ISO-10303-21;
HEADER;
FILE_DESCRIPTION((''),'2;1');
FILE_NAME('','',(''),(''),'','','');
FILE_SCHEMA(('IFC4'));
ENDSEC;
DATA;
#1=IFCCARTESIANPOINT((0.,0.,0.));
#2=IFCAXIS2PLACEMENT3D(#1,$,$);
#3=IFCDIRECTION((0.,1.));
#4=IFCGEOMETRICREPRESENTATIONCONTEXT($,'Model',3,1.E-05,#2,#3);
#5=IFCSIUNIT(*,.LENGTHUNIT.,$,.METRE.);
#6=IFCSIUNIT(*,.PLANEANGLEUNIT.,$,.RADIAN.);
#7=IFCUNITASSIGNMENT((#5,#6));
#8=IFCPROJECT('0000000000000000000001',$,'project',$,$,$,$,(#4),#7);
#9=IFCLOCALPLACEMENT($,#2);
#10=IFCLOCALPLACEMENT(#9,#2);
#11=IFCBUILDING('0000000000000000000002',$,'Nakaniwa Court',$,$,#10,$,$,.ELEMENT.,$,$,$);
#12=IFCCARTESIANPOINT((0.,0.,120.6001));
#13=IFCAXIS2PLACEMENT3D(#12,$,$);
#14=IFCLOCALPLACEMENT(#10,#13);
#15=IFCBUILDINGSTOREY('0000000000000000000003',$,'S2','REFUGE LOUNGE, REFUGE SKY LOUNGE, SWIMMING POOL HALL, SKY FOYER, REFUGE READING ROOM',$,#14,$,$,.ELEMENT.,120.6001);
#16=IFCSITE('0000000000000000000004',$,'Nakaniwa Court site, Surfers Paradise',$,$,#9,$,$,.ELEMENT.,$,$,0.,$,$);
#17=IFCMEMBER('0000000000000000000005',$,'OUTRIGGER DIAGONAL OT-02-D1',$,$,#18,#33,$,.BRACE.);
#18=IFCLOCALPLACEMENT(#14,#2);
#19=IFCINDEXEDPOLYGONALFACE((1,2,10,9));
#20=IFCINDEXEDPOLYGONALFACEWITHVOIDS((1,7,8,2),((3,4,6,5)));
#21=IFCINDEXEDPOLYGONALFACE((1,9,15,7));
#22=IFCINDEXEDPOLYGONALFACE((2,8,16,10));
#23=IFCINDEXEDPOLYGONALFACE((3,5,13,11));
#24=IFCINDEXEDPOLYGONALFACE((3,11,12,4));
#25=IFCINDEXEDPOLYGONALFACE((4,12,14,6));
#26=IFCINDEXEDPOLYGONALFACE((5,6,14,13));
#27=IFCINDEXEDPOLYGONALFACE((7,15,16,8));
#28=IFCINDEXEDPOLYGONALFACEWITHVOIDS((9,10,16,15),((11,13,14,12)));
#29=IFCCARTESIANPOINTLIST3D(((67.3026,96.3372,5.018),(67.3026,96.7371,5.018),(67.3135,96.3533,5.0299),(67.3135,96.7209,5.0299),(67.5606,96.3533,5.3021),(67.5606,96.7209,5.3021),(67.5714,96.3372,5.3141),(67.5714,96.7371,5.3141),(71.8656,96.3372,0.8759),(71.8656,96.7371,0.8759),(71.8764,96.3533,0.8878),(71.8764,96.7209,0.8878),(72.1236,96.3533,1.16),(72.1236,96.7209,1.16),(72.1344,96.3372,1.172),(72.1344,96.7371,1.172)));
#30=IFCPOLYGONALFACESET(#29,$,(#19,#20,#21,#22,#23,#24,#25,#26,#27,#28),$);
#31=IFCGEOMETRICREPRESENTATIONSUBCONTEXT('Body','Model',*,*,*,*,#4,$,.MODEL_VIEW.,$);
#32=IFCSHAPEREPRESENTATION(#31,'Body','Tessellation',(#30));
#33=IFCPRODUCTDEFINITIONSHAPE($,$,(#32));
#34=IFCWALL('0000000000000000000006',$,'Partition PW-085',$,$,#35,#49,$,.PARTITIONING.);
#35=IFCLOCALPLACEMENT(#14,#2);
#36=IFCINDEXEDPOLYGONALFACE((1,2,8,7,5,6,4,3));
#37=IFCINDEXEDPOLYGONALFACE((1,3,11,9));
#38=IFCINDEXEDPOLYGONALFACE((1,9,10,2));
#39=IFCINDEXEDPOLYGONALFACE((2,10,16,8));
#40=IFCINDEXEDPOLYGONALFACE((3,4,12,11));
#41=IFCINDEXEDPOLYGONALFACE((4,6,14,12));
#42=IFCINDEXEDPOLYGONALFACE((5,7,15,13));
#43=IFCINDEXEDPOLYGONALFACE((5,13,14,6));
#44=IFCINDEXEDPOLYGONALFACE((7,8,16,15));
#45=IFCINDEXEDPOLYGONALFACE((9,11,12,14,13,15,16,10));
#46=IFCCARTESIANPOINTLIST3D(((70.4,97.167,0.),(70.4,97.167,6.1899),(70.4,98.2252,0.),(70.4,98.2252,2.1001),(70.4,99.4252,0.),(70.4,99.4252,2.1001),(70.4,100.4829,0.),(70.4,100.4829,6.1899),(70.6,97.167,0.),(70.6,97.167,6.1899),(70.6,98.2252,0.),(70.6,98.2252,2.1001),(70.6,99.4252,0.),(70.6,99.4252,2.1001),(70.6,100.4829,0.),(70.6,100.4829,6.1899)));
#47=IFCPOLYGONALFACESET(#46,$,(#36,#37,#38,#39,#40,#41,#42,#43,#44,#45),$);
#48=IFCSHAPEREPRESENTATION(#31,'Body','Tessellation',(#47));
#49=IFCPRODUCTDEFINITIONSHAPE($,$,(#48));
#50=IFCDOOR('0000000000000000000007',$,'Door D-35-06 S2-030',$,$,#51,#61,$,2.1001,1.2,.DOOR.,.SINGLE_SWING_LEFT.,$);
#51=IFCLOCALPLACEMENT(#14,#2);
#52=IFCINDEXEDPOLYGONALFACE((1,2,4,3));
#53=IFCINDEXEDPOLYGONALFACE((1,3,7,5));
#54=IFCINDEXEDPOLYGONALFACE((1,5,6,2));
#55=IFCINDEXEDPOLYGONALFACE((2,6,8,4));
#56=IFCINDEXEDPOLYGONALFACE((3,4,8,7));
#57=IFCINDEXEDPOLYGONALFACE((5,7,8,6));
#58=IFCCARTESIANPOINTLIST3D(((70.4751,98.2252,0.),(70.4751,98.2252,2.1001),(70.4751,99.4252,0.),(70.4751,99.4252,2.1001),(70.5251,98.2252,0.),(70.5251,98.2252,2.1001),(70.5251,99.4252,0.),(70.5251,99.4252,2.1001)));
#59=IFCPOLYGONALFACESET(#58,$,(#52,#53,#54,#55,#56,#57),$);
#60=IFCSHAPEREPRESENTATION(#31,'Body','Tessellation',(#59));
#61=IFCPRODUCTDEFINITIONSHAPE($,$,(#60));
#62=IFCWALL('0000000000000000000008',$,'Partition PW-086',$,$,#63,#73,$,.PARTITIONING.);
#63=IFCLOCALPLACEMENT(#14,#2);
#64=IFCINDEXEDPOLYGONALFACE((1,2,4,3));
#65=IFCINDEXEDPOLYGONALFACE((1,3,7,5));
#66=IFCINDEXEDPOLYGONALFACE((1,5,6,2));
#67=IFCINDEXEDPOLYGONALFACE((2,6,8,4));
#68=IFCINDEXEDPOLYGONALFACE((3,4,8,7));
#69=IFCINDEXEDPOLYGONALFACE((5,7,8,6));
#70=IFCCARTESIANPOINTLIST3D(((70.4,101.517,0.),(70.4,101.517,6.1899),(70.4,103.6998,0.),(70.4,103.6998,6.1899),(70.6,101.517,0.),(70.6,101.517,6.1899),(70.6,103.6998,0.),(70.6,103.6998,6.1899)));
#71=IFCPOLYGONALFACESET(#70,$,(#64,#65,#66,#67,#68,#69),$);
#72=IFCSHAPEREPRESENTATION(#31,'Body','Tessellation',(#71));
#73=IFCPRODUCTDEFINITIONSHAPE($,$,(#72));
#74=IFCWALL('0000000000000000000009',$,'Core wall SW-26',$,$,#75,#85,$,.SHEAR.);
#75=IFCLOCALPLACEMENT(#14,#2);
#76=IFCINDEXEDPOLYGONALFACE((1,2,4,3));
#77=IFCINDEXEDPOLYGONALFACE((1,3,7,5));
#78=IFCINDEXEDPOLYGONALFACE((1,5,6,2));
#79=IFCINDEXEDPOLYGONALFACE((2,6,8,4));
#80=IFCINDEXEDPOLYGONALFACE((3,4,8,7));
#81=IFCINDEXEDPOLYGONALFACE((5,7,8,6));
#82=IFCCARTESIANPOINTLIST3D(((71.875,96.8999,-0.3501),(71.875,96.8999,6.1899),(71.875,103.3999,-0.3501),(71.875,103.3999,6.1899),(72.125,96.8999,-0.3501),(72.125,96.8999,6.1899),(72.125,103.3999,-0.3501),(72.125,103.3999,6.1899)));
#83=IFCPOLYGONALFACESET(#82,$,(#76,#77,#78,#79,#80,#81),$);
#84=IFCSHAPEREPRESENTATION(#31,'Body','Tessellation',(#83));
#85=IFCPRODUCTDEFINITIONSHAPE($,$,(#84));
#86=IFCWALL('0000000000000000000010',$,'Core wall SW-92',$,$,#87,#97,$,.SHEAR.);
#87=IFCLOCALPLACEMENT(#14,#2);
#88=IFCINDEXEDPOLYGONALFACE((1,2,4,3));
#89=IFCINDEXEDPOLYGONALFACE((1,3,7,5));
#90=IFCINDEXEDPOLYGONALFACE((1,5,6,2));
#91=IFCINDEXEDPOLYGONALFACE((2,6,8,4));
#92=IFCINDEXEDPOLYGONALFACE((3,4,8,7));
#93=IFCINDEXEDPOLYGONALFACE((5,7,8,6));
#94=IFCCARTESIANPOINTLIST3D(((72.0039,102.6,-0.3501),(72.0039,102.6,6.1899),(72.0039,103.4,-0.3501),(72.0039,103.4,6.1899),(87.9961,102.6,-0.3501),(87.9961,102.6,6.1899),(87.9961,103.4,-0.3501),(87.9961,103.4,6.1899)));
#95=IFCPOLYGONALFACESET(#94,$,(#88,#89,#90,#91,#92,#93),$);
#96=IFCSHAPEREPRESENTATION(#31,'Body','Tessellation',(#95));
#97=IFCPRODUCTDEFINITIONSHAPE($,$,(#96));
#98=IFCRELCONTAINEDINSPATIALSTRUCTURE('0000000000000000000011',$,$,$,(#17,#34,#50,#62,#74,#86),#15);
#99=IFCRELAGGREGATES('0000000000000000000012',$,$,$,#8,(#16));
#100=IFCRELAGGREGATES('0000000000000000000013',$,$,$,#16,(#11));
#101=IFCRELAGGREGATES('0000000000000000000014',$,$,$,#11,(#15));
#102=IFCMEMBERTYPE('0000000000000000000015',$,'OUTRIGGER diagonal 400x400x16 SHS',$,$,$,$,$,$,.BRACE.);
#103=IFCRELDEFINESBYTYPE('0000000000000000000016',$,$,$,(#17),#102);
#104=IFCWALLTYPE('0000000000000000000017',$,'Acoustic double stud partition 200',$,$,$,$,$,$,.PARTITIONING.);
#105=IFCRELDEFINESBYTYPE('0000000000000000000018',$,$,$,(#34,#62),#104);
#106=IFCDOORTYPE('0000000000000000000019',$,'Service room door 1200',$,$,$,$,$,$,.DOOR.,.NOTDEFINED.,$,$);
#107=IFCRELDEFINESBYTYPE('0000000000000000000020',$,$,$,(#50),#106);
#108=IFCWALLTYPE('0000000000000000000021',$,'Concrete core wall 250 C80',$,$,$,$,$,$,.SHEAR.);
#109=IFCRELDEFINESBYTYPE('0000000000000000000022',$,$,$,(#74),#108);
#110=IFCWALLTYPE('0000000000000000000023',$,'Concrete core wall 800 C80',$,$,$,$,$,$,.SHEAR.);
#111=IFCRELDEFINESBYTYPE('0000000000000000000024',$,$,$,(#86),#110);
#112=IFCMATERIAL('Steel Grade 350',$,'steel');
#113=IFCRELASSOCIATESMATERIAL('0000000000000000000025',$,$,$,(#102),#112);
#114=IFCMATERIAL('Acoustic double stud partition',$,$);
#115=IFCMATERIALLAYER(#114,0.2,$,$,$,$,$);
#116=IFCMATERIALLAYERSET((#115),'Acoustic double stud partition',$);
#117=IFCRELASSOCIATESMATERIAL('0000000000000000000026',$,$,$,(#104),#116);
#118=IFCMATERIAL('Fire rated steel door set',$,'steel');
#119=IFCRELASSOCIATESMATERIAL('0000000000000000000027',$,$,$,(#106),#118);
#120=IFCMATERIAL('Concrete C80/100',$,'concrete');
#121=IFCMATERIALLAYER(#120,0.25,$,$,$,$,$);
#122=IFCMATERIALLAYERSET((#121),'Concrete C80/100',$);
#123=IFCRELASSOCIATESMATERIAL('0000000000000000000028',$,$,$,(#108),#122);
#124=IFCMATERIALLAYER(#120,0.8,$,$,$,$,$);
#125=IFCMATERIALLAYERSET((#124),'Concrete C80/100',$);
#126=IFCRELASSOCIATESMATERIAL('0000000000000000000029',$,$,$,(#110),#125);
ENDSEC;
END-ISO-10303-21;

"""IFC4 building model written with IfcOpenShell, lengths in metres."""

from ifc_helpers import new_model, si_unit, direction, frame, frame_2d, origin, origin_2d, place, context, subcontext, project, spatial, rectangle, hollow_rectangle, extrude, material, layer, layer_set, material_profile, profile_set, type_object, element, fill, save


model = new_model("IFC4")

# Units and contexts
model_context = context("Model", 3, precision=1e-05, world=origin(), true_north=direction((0.0, 1.0)))
body_context = subcontext(model_context, "Body", "Model", "MODEL_VIEW")
ifc_project = project(units=[si_unit("LENGTHUNIT", "METRE"), si_unit("PLANEANGLEUNIT", "RADIAN")], contexts=[model_context])

# Site, building, storey
site_placement = place(None, origin())
site = spatial("IfcSite", under=ifc_project, at=site_placement, Name="Nakaniwa Court site, Surfers Paradise", CompositionType="ELEMENT", RefElevation=0.0)
building_placement = place(site_placement, origin())
building = spatial("IfcBuilding", under=site, at=building_placement, Name="Nakaniwa Court", CompositionType="ELEMENT")
storey_placement = place(building_placement, frame((0.0, 0.0, 120.6001)))
storey = spatial("IfcBuildingStorey", under=building, at=storey_placement, Name="S2", Description="REFUGE LOUNGE, REFUGE SKY LOUNGE, SWIMMING POOL HALL, SKY FOYER, REFUGE READING ROOM", CompositionType="ELEMENT", Elevation=120.6001)

# Shared definitions
ifc_material_1 = material(Name="Concrete C80/100", Category="concrete")

# Shared definitions
ifc_material_2 = material(Name="Steel Grade 350", Category="steel")

# Member
ifc_material_profile_1 = material_profile(ifc_material_2, hollow_rectangle(XDim=0.3999, YDim=0.3999, WallThickness=0.0161, at=origin_2d()), Name="OUTRIGGER diagonal 400x400x16 SHS")
ifc_profile_set_1 = profile_set([ifc_material_profile_1], Name="Steel Grade 350")
member_type_1 = type_object("IfcMemberType", Name="OUTRIGGER diagonal 400x400x16 SHS", PredefinedType="BRACE", material=ifc_profile_set_1)
member_1_placement = place(storey_placement, frame((72.0, 96.5371, 1.0239), z_axis=(-0.740431, 0.0, 0.672132), x_axis=(0.0, -1.0, 0.0)))
element("IfcMember", 1, at=member_1_placement, inside=storey, type_object=member_type_1, Name="OUTRIGGER DIAGONAL OT-02-D1", PredefinedType="BRACE", context=body_context, shape_type="SweptSolid", body=[
    extrude(hollow_rectangle(XDim=0.3999, YDim=0.3999, WallThickness=0.0161, at=origin_2d()), origin(), (0.0, 0.0, 1.0), 6.1626),
])

# Wall, opening, door
ifc_material_3 = material(Name="Acoustic double stud partition")
ifc_layer_1 = layer(ifc_material_3, 0.2)
ifc_layer_set_1 = layer_set([ifc_layer_1], Name="Acoustic double stud partition")
wall_type_1 = type_object("IfcWallType", Name="Acoustic double stud partition 200", PredefinedType="PARTITIONING", material=ifc_layer_set_1)
wall_1_placement = place(storey_placement, frame((70.5, 97.167, 0.0), z_axis=(0.0, 0.0, 1.0), x_axis=(0.0, 1.0, 0.0)))
wall_1 = element("IfcWall", 2, at=wall_1_placement, inside=storey, type_object=wall_type_1, Name="Partition PW-085", PredefinedType="PARTITIONING", context=body_context, shape_type="SweptSolid", body=[
    extrude(rectangle(XDim=3.3159, YDim=0.2, at=frame_2d((1.658, 0.0))), origin(), (0.0, 0.0, 1.0), 6.1899),
])
opening_placement = place(wall_1_placement, frame((1.0581, 0.0, 0.0)))
opening = element("IfcOpeningElement", 3, at=opening_placement, cuts=wall_1, PredefinedType="OPENING", context=body_context, shape_type="SweptSolid", body=[
    extrude(rectangle(XDim=1.2, YDim=2.1001, at=frame_2d((0.6001, 1.05))), frame((0.0, 0.1099, 0.0), z_axis=(0.0, -1.0, 0.0), x_axis=(1.0, 0.0, 0.0)), (0.0, 0.0, 1.0), 0.22),
])
ifc_material_4 = material(Name="Fire rated steel door set", Category="steel")
door_type = type_object("IfcDoorType", Name="Service room door 1200", OperationType="NOTDEFINED", PredefinedType="DOOR", material=ifc_material_4)
door_placement = place(opening_placement, origin())
door = element("IfcDoor", 4, at=door_placement, inside=storey, type_object=door_type, Name="Door D-35-06 S2-030", OperationType="SINGLE_SWING_LEFT", OverallHeight=2.1001, OverallWidth=1.2, PredefinedType="DOOR", context=body_context, shape_type="SweptSolid", body=[
    extrude(rectangle(XDim=1.2, YDim=2.1001, at=frame_2d((0.6001, 1.05))), frame((0.0, 0.0249, 0.0), z_axis=(0.0, -1.0, 0.0), x_axis=(1.0, 0.0, 0.0)), (0.0, 0.0, 1.0), 0.05),
])
fill(opening, door)

# Walls
wall_2_placement = place(storey_placement, frame((70.5, 101.5171, 0.0), z_axis=(0.0, 0.0, 1.0), x_axis=(0.0, 1.0, 0.0)))
element("IfcWall", 5, at=wall_2_placement, inside=storey, type_object=wall_type_1, Name="Partition PW-086", PredefinedType="PARTITIONING", context=body_context, shape_type="SweptSolid", body=[
    extrude(rectangle(XDim=2.1829, YDim=0.2, at=frame_2d((1.0913, 0.0))), origin(), (0.0, 0.0, 1.0), 6.1899),
])
ifc_layer_2 = layer(ifc_material_1, 0.25)
ifc_layer_set_2 = layer_set([ifc_layer_2], Name="Concrete C80/100")
wall_type_2 = type_object("IfcWallType", Name="Concrete core wall 250 C80", PredefinedType="SHEAR", material=ifc_layer_set_2)
wall_3_placement = place(storey_placement, frame((72.0, 96.8999, -0.3501), z_axis=(0.0, 0.0, 1.0), x_axis=(0.0, 1.0, 0.0)))
element("IfcWall", 6, at=wall_3_placement, inside=storey, type_object=wall_type_2, Name="Core wall SW-26", PredefinedType="SHEAR", context=body_context, shape_type="SweptSolid", body=[
    extrude(rectangle(XDim=6.5, YDim=0.25, at=frame_2d((3.25, 0.0))), origin(), (0.0, 0.0, 1.0), 6.54),
])
ifc_layer_3 = layer(ifc_material_1, 0.8)
ifc_layer_set_3 = layer_set([ifc_layer_3], Name="Concrete C80/100")
wall_type_3 = type_object("IfcWallType", Name="Concrete core wall 800 C80", PredefinedType="SHEAR", material=ifc_layer_set_3)
wall_4_placement = place(storey_placement, frame((72.0039, 103.0, -0.3501), z_axis=(0.0, 0.0, 1.0), x_axis=(1.0, 0.0, 0.0)))
element("IfcWall", 7, at=wall_4_placement, inside=storey, type_object=wall_type_3, Name="Core wall SW-92", PredefinedType="SHEAR", context=body_context, shape_type="SweptSolid", body=[
    extrude(rectangle(XDim=15.9922, YDim=0.8, at=frame_2d((7.9961, 0.0))), origin(), (0.0, 0.0, 1.0), 6.54),
])

save(model, "model.ifc")
